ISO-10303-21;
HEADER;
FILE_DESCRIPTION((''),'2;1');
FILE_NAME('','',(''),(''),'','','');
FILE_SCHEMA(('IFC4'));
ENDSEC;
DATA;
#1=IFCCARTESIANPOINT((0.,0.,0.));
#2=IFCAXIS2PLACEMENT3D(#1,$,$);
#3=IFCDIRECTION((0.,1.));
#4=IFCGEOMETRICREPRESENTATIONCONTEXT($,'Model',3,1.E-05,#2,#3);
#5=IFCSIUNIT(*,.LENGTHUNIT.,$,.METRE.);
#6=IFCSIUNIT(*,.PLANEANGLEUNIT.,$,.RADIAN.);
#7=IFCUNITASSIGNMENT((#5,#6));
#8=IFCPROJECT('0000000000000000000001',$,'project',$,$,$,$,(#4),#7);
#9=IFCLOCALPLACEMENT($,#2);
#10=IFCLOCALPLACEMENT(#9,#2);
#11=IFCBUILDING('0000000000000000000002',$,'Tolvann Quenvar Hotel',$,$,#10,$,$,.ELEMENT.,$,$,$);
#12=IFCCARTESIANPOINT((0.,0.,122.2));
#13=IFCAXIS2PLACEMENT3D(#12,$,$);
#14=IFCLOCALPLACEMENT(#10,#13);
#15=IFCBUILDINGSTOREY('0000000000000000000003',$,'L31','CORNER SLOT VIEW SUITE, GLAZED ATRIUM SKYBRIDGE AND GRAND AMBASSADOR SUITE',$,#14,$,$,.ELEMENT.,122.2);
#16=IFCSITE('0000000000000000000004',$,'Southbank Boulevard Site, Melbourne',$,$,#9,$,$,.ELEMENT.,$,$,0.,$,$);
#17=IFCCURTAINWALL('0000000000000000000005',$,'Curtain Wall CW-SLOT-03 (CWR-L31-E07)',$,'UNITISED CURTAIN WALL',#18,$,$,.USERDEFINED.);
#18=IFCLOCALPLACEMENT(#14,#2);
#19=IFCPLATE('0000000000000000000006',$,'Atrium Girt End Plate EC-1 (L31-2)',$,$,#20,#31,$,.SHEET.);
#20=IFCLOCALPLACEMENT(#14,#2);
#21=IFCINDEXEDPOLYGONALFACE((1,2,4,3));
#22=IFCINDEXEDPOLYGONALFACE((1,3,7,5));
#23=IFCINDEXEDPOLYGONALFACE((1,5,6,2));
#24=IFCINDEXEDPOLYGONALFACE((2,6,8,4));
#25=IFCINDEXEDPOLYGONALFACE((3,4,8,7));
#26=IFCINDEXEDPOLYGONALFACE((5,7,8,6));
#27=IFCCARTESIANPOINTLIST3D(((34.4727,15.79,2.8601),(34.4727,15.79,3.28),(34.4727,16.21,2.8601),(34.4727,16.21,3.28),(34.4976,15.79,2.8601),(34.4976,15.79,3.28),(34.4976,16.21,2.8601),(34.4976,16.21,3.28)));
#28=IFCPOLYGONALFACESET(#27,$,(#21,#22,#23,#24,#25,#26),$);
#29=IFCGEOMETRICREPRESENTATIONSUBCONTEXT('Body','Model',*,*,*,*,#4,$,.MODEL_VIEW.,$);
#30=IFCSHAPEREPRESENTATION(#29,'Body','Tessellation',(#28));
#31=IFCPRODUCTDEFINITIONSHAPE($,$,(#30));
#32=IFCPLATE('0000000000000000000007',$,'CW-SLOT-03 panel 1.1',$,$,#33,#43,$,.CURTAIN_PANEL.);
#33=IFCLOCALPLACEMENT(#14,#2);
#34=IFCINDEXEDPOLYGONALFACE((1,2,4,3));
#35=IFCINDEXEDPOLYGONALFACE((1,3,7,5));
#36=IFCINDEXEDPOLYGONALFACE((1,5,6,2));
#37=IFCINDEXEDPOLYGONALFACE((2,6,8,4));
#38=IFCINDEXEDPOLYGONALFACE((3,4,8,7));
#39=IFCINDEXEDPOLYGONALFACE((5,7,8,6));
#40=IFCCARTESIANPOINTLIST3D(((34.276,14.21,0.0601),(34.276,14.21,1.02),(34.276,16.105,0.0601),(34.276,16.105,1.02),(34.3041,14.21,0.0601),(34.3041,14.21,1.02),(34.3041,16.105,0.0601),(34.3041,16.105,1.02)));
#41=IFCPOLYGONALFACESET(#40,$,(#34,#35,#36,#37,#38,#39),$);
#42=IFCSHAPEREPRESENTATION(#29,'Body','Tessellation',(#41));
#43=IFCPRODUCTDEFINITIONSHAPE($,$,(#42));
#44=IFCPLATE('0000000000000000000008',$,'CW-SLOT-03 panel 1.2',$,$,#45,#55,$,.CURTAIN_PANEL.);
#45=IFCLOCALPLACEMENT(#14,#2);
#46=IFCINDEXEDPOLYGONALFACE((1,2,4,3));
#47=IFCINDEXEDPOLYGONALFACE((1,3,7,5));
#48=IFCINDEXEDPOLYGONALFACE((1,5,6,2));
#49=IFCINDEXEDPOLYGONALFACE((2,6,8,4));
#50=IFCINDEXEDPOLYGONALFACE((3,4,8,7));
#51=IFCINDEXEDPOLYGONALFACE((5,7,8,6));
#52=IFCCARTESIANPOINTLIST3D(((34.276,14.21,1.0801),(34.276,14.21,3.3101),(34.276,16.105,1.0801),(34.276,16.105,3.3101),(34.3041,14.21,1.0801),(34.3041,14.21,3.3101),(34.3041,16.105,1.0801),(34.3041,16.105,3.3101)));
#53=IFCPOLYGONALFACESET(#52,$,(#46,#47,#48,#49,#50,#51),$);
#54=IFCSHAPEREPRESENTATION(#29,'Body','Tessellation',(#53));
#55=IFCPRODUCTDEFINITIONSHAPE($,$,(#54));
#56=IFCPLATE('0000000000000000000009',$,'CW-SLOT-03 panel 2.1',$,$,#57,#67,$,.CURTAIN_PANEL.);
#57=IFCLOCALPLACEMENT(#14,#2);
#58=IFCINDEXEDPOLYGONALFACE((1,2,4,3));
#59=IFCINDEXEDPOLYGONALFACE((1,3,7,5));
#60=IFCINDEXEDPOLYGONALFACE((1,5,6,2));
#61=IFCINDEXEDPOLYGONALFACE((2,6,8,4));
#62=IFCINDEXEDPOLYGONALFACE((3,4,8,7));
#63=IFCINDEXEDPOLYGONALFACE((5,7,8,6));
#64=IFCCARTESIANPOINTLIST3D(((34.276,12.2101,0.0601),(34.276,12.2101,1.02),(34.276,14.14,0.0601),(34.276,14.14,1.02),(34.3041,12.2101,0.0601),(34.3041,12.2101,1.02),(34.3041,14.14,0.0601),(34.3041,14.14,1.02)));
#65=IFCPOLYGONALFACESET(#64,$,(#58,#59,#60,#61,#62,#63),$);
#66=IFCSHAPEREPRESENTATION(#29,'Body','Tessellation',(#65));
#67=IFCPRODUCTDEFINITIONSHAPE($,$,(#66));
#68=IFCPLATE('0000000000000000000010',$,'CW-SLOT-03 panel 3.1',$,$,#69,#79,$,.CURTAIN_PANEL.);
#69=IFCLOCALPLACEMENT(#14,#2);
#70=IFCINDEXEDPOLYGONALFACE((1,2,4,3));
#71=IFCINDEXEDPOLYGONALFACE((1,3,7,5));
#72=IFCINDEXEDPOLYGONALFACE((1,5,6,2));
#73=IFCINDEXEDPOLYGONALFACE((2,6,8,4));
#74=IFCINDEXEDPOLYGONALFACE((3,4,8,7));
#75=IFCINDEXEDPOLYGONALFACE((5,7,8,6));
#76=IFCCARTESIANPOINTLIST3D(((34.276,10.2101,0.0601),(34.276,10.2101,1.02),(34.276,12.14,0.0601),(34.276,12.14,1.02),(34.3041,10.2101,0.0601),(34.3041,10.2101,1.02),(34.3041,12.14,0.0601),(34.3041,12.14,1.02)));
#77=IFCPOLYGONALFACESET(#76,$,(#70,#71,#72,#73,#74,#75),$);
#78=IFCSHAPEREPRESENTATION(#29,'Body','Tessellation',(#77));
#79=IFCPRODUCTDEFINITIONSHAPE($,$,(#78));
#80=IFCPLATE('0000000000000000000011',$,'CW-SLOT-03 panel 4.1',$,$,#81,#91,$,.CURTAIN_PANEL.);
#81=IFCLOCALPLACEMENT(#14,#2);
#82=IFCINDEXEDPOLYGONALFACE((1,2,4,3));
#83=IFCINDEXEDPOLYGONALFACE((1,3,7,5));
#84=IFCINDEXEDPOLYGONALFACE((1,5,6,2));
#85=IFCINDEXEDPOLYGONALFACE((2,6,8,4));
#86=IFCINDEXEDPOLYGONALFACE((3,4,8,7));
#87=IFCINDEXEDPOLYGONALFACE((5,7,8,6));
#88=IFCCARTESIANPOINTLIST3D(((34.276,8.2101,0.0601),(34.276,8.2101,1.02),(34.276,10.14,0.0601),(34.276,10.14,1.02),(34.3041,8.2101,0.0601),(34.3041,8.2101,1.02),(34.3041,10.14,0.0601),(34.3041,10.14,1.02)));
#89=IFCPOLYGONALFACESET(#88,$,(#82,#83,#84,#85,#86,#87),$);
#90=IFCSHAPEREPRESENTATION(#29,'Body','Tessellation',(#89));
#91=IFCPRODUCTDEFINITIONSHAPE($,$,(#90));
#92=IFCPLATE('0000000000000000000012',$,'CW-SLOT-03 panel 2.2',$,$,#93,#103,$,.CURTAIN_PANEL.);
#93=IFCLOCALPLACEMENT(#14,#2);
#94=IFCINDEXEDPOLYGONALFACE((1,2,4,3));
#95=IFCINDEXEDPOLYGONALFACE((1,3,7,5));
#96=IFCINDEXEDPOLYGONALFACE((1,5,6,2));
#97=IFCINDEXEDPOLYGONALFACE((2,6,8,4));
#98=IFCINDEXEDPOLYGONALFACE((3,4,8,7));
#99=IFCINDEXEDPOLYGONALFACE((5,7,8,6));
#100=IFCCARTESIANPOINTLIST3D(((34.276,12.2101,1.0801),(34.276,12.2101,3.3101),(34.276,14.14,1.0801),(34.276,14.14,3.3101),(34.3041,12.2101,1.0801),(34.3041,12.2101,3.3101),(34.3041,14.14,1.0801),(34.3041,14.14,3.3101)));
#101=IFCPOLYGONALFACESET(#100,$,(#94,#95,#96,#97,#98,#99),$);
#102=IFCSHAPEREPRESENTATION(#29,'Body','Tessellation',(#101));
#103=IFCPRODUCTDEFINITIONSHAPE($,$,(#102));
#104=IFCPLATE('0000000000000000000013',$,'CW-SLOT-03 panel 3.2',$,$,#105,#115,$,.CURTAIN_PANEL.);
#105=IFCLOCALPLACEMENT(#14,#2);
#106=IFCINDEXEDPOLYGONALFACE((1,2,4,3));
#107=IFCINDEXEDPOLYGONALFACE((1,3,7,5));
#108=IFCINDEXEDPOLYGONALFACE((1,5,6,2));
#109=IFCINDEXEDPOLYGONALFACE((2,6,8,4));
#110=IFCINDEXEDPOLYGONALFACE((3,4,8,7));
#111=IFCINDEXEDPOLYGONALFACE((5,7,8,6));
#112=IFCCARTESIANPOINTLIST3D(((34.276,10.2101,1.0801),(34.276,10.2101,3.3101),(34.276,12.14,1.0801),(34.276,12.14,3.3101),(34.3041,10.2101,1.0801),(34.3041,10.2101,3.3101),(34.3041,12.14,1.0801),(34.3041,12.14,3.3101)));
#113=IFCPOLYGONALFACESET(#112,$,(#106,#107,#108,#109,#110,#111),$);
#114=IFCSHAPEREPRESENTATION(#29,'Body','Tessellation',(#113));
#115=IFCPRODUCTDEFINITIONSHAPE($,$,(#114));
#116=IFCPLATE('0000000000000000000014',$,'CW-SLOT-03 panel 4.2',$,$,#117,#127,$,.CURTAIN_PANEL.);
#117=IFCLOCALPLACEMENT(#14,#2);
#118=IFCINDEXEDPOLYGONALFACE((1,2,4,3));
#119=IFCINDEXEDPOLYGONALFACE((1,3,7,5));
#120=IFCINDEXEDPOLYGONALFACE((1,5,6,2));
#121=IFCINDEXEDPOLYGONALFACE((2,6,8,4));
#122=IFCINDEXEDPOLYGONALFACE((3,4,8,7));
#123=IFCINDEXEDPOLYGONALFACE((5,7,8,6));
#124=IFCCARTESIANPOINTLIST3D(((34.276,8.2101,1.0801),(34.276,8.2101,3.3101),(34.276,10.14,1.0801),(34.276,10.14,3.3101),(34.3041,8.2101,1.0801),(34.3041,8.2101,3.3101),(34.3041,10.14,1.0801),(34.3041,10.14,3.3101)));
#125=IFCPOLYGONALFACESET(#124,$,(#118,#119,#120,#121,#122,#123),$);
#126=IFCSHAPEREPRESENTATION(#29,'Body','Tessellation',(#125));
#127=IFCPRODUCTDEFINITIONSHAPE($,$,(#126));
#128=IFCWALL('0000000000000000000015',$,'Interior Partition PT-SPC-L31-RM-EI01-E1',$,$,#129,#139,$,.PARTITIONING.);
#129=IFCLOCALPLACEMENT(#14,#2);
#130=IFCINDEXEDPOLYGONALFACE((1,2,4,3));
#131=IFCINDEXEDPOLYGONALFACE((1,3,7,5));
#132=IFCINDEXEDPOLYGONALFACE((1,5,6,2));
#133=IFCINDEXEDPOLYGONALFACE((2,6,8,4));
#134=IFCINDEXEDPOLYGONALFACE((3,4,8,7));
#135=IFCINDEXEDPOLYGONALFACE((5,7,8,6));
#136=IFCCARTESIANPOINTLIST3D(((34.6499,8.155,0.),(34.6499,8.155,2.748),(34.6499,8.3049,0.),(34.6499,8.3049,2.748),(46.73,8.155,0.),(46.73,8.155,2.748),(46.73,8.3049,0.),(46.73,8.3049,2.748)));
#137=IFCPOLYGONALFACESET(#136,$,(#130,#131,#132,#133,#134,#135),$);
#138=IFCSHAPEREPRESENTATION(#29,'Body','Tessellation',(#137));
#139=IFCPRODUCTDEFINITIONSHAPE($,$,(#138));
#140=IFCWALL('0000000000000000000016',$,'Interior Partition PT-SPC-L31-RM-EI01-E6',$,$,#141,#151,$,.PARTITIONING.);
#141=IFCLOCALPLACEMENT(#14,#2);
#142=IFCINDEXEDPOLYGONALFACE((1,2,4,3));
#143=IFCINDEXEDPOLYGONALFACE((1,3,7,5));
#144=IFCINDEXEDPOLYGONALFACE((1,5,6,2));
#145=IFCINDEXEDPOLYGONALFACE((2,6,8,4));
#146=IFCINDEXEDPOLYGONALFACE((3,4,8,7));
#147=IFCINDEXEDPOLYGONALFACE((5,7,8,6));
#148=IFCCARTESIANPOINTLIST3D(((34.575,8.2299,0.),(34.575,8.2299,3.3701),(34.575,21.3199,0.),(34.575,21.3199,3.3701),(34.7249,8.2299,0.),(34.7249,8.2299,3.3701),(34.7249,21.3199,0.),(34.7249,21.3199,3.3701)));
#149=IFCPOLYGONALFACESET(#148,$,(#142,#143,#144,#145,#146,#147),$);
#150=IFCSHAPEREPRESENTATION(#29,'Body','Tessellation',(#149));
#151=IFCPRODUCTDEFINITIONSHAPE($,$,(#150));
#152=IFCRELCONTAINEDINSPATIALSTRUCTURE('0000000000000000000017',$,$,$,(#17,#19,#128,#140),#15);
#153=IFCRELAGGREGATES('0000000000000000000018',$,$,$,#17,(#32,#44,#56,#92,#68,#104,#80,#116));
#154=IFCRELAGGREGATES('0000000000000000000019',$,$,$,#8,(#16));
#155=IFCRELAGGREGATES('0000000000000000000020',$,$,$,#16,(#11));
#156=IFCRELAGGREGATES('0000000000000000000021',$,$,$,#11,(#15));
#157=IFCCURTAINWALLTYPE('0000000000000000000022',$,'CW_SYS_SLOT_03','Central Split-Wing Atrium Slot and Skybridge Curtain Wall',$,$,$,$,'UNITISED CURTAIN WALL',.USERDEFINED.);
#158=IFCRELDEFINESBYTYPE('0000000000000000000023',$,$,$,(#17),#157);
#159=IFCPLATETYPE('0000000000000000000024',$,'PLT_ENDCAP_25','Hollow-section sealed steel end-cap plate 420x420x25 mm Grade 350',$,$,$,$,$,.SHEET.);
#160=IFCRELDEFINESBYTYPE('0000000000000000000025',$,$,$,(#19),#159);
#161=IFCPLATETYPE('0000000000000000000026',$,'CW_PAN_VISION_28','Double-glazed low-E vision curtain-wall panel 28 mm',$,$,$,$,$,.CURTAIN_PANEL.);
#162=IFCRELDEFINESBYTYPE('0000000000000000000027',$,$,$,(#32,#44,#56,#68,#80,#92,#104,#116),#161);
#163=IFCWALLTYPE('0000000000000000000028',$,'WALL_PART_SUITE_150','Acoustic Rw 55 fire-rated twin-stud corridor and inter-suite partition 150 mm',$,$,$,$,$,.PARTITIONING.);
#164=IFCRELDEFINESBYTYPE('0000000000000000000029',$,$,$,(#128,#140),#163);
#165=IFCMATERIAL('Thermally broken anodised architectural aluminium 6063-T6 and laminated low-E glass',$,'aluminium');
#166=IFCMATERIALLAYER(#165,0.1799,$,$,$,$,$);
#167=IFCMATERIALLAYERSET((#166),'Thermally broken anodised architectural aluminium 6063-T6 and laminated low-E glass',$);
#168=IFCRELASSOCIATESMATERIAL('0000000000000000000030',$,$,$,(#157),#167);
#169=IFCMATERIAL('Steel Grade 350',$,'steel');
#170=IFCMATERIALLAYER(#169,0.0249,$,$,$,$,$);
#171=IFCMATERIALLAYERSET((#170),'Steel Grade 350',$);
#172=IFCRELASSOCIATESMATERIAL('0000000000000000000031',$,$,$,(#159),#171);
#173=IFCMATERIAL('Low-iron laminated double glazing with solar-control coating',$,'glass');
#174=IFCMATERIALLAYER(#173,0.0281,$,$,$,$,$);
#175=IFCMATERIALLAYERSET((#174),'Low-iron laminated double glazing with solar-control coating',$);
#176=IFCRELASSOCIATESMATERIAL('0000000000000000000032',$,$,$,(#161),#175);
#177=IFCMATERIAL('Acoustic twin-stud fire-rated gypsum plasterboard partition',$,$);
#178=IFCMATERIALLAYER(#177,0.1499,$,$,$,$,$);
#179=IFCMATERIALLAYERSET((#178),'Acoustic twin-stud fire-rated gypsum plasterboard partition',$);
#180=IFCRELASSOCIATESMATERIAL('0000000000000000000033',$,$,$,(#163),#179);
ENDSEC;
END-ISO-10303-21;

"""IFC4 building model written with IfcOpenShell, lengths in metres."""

from ifc_helpers import new_model, si_unit, direction, frame, frame_2d, origin, origin_2d, place, context, subcontext, project, spatial, rectangle, extrude, source, transform, mapped, material, layer, layer_set, type_object, type_shapes, element, aggregate, save


model = new_model("IFC4")

# Units and contexts
model_context = context("Model", 3, precision=1e-05, world=origin(), true_north=direction((0.0, 1.0)))
body_context = subcontext(model_context, "Body", "Model", "MODEL_VIEW")
ifc_project = project(units=[si_unit("LENGTHUNIT", "METRE"), si_unit("PLANEANGLEUNIT", "RADIAN")], contexts=[model_context])

# Site, building, storey
site_placement = place(None, origin())
site = spatial("IfcSite", under=ifc_project, at=site_placement, Name="Southbank Boulevard Site, Melbourne", CompositionType="ELEMENT", RefElevation=0.0)
building_placement = place(site_placement, origin())
building = spatial("IfcBuilding", under=site, at=building_placement, Name="Tolvann Quenvar Hotel", CompositionType="ELEMENT")
storey_placement = place(building_placement, frame((0.0, 0.0, 122.2)))
storey = spatial("IfcBuildingStorey", under=building, at=storey_placement, Name="L31", Description="CORNER SLOT VIEW SUITE, GLAZED ATRIUM SKYBRIDGE AND GRAND AMBASSADOR SUITE", CompositionType="ELEMENT", Elevation=122.2)

# Curtain wall
ifc_material_1 = material(Name="Thermally broken anodised architectural aluminium 6063-T6 and laminated low-E glass", Category="aluminium")
ifc_layer_1 = layer(ifc_material_1, 0.1799)
ifc_layer_set_1 = layer_set([ifc_layer_1], Name="Thermally broken anodised architectural aluminium 6063-T6 and laminated low-E glass")
curtain_wall_type = type_object("IfcCurtainWallType", Name="CW_SYS_SLOT_03", Description="Central Split-Wing Atrium Slot and Skybridge Curtain Wall", ElementType="UNITISED CURTAIN WALL", PredefinedType="USERDEFINED", material=ifc_layer_set_1)
curtain_wall_1_placement = place(storey_placement, origin())
curtain_wall_1 = element("IfcCurtainWall", 1, at=curtain_wall_1_placement, inside=storey, type_object=curtain_wall_type, Name="Curtain Wall CW-SLOT-03 (CWR-L31-E07)", ObjectType="UNITISED CURTAIN WALL", PredefinedType="USERDEFINED")

# Plate
ifc_material_2 = material(Name="Steel Grade 350", Category="steel")
ifc_layer_2 = layer(ifc_material_2, 0.0249)
ifc_layer_set_2 = layer_set([ifc_layer_2], Name="Steel Grade 350")
plate_type_1 = type_object("IfcPlateType", Name="PLT_ENDCAP_25", Description="Hollow-section sealed steel end-cap plate 420x420x25 mm Grade 350", PredefinedType="SHEET", material=ifc_layer_set_2)
shared_shape_1 = source(origin(), body_context, "Body", "SweptSolid", [
    extrude(rectangle(XDim=0.0249, YDim=0.4199, at=origin_2d()), origin(), (0.0, 0.0, 1.0), 0.4199),
])
type_shapes(plate_type_1, [shared_shape_1])
plate_1_placement = place(storey_placement, frame((34.4851, 16.0, 2.8601), z_axis=(0.0, 0.0, 1.0), x_axis=(1.0, 0.0, 0.0)))
element("IfcPlate", 2, at=plate_1_placement, inside=storey, type_object=plate_type_1, Name="Atrium Girt End Plate EC-1 (L31-2)", PredefinedType="SHEET", context=body_context, shape_type="MappedRepresentation", body=[
    mapped(shared_shape_1, transform((0.0, 0.0, 0.0), x_axis=(1.0, 0.0, 0.0), y_axis=(0.0, 1.0, 0.0), z_axis=(0.0, 0.0, 1.0), scale=1.0)),
])

# Plates
ifc_material_3 = material(Name="Low-iron laminated double glazing with solar-control coating", Category="glass")
ifc_layer_3 = layer(ifc_material_3, 0.0281)
ifc_layer_set_3 = layer_set([ifc_layer_3], Name="Low-iron laminated double glazing with solar-control coating")
plate_type_2 = type_object("IfcPlateType", Name="CW_PAN_VISION_28", Description="Double-glazed low-E vision curtain-wall panel 28 mm", PredefinedType="CURTAIN_PANEL", material=ifc_layer_set_3)
shared_shape_2 = source(origin(), body_context, "Body", "SweptSolid", [
    extrude(rectangle(XDim=1.895, YDim=0.0281, at=origin_2d()), origin(), (0.0, 0.0, 1.0), 0.96),
])
plate_2_placement = place(storey_placement, frame((34.29, 15.1575, 0.0601), z_axis=(0.0, 0.0, 1.0), x_axis=(0.0, -1.0, 0.0)))
plate_2 = element("IfcPlate", 3, at=plate_2_placement, type_object=plate_type_2, Name="CW-SLOT-03 panel 1.1", PredefinedType="CURTAIN_PANEL", context=body_context, shape_type="MappedRepresentation", body=[
    mapped(shared_shape_2, transform((0.0, 0.0, 0.0), x_axis=(1.0, 0.0, 0.0), y_axis=(0.0, 1.0, 0.0), z_axis=(0.0, 0.0, 1.0), scale=1.0)),
])
shared_shape_3 = source(origin(), body_context, "Body", "SweptSolid", [
    extrude(rectangle(XDim=1.895, YDim=0.0281, at=origin_2d()), origin(), (0.0, 0.0, 1.0), 2.23),
])
plate_3_placement = place(storey_placement, frame((34.29, 15.1575, 1.0801), z_axis=(0.0, 0.0, 1.0), x_axis=(0.0, -1.0, 0.0)))
plate_3 = element("IfcPlate", 4, at=plate_3_placement, type_object=plate_type_2, Name="CW-SLOT-03 panel 1.2", PredefinedType="CURTAIN_PANEL", context=body_context, shape_type="MappedRepresentation", body=[
    mapped(shared_shape_3, transform((0.0, 0.0, 0.0), x_axis=(1.0, 0.0, 0.0), y_axis=(0.0, 1.0, 0.0), z_axis=(0.0, 0.0, 1.0), scale=1.0)),
])
shared_shape_4 = source(origin(), body_context, "Body", "SweptSolid", [
    extrude(rectangle(XDim=1.9299, YDim=0.0281, at=origin_2d()), origin(), (0.0, 0.0, 1.0), 0.96),
])
plate_4_placement = place(storey_placement, frame((34.29, 13.175, 0.0601), z_axis=(0.0, 0.0, 1.0), x_axis=(0.0, -1.0, 0.0)))
plate_4 = element("IfcPlate", 5, at=plate_4_placement, type_object=plate_type_2, Name="CW-SLOT-03 panel 2.1", PredefinedType="CURTAIN_PANEL", context=body_context, shape_type="MappedRepresentation", body=[
    mapped(shared_shape_4, transform((0.0, 0.0, 0.0), x_axis=(1.0, 0.0, 0.0), y_axis=(0.0, 1.0, 0.0), z_axis=(0.0, 0.0, 1.0), scale=1.0)),
])
plate_5_placement = place(storey_placement, frame((34.29, 11.175, 0.0601), z_axis=(0.0, 0.0, 1.0), x_axis=(0.0, -1.0, 0.0)))
plate_5 = element("IfcPlate", 6, at=plate_5_placement, type_object=plate_type_2, Name="CW-SLOT-03 panel 3.1", PredefinedType="CURTAIN_PANEL", context=body_context, shape_type="MappedRepresentation", body=[
    mapped(shared_shape_4, transform((0.0, 0.0, 0.0), x_axis=(1.0, 0.0, 0.0), y_axis=(0.0, 1.0, 0.0), z_axis=(0.0, 0.0, 1.0), scale=1.0)),
])
plate_6_placement = place(storey_placement, frame((34.29, 9.175, 0.0601), z_axis=(0.0, 0.0, 1.0), x_axis=(0.0, -1.0, 0.0)))
plate_6 = element("IfcPlate", 7, at=plate_6_placement, type_object=plate_type_2, Name="CW-SLOT-03 panel 4.1", PredefinedType="CURTAIN_PANEL", context=body_context, shape_type="MappedRepresentation", body=[
    mapped(shared_shape_4, transform((0.0, 0.0, 0.0), x_axis=(1.0, 0.0, 0.0), y_axis=(0.0, 1.0, 0.0), z_axis=(0.0, 0.0, 1.0), scale=1.0)),
])
shared_shape_5 = source(origin(), body_context, "Body", "SweptSolid", [
    extrude(rectangle(XDim=1.9299, YDim=0.0281, at=origin_2d()), origin(), (0.0, 0.0, 1.0), 2.23),
])
type_shapes(plate_type_2, [shared_shape_2, shared_shape_3, shared_shape_4, shared_shape_5])
plate_7_placement = place(storey_placement, frame((34.29, 13.175, 1.0801), z_axis=(0.0, 0.0, 1.0), x_axis=(0.0, -1.0, 0.0)))
plate_7 = element("IfcPlate", 8, at=plate_7_placement, type_object=plate_type_2, Name="CW-SLOT-03 panel 2.2", PredefinedType="CURTAIN_PANEL", context=body_context, shape_type="MappedRepresentation", body=[
    mapped(shared_shape_5, transform((0.0, 0.0, 0.0), x_axis=(1.0, 0.0, 0.0), y_axis=(0.0, 1.0, 0.0), z_axis=(0.0, 0.0, 1.0), scale=1.0)),
])
plate_8_placement = place(storey_placement, frame((34.29, 11.175, 1.0801), z_axis=(0.0, 0.0, 1.0), x_axis=(0.0, -1.0, 0.0)))
plate_8 = element("IfcPlate", 9, at=plate_8_placement, type_object=plate_type_2, Name="CW-SLOT-03 panel 3.2", PredefinedType="CURTAIN_PANEL", context=body_context, shape_type="MappedRepresentation", body=[
    mapped(shared_shape_5, transform((0.0, 0.0, 0.0), x_axis=(1.0, 0.0, 0.0), y_axis=(0.0, 1.0, 0.0), z_axis=(0.0, 0.0, 1.0), scale=1.0)),
])
plate_9_placement = place(storey_placement, frame((34.29, 9.175, 1.0801), z_axis=(0.0, 0.0, 1.0), x_axis=(0.0, -1.0, 0.0)))
plate_9 = element("IfcPlate", 10, at=plate_9_placement, type_object=plate_type_2, Name="CW-SLOT-03 panel 4.2", PredefinedType="CURTAIN_PANEL", context=body_context, shape_type="MappedRepresentation", body=[
    mapped(shared_shape_5, transform((0.0, 0.0, 0.0), x_axis=(1.0, 0.0, 0.0), y_axis=(0.0, 1.0, 0.0), z_axis=(0.0, 0.0, 1.0), scale=1.0)),
])
aggregate(curtain_wall_1, [plate_2, plate_3, plate_4, plate_7, plate_5, plate_8, plate_6, plate_9])

# Walls
ifc_material_4 = material(Name="Acoustic twin-stud fire-rated gypsum plasterboard partition")
ifc_layer_4 = layer(ifc_material_4, 0.1499)
ifc_layer_set_4 = layer_set([ifc_layer_4], Name="Acoustic twin-stud fire-rated gypsum plasterboard partition")
wall_type = type_object("IfcWallType", Name="WALL_PART_SUITE_150", Description="Acoustic Rw 55 fire-rated twin-stud corridor and inter-suite partition 150 mm", PredefinedType="PARTITIONING", material=ifc_layer_set_4)
wall_1_placement = place(storey_placement, frame((34.6499, 8.23, 0.0), z_axis=(0.0, 0.0, 1.0), x_axis=(1.0, 0.0, 0.0)))
element("IfcWall", 11, at=wall_1_placement, inside=storey, type_object=wall_type, Name="Interior Partition PT-SPC-L31-RM-EI01-E1", PredefinedType="PARTITIONING", context=body_context, shape_type="SweptSolid", body=[
    extrude(rectangle(XDim=12.0801, YDim=0.1499, at=frame_2d((6.04, 0.0))), origin(), (0.0, 0.0, 1.0), 2.748),
])
wall_2_placement = place(storey_placement, frame((34.6499, 8.23, 0.0), z_axis=(0.0, 0.0, 1.0), x_axis=(0.0, 1.0, 0.0)))
element("IfcWall", 12, at=wall_2_placement, inside=storey, type_object=wall_type, Name="Interior Partition PT-SPC-L31-RM-EI01-E6", PredefinedType="PARTITIONING", context=body_context, shape_type="SweptSolid", body=[
    extrude(rectangle(XDim=13.0901, YDim=0.1499, at=frame_2d((6.5449, 0.0))), origin(), (0.0, 0.0, 1.0), 3.3701),
])

save(model, "model.ifc")
